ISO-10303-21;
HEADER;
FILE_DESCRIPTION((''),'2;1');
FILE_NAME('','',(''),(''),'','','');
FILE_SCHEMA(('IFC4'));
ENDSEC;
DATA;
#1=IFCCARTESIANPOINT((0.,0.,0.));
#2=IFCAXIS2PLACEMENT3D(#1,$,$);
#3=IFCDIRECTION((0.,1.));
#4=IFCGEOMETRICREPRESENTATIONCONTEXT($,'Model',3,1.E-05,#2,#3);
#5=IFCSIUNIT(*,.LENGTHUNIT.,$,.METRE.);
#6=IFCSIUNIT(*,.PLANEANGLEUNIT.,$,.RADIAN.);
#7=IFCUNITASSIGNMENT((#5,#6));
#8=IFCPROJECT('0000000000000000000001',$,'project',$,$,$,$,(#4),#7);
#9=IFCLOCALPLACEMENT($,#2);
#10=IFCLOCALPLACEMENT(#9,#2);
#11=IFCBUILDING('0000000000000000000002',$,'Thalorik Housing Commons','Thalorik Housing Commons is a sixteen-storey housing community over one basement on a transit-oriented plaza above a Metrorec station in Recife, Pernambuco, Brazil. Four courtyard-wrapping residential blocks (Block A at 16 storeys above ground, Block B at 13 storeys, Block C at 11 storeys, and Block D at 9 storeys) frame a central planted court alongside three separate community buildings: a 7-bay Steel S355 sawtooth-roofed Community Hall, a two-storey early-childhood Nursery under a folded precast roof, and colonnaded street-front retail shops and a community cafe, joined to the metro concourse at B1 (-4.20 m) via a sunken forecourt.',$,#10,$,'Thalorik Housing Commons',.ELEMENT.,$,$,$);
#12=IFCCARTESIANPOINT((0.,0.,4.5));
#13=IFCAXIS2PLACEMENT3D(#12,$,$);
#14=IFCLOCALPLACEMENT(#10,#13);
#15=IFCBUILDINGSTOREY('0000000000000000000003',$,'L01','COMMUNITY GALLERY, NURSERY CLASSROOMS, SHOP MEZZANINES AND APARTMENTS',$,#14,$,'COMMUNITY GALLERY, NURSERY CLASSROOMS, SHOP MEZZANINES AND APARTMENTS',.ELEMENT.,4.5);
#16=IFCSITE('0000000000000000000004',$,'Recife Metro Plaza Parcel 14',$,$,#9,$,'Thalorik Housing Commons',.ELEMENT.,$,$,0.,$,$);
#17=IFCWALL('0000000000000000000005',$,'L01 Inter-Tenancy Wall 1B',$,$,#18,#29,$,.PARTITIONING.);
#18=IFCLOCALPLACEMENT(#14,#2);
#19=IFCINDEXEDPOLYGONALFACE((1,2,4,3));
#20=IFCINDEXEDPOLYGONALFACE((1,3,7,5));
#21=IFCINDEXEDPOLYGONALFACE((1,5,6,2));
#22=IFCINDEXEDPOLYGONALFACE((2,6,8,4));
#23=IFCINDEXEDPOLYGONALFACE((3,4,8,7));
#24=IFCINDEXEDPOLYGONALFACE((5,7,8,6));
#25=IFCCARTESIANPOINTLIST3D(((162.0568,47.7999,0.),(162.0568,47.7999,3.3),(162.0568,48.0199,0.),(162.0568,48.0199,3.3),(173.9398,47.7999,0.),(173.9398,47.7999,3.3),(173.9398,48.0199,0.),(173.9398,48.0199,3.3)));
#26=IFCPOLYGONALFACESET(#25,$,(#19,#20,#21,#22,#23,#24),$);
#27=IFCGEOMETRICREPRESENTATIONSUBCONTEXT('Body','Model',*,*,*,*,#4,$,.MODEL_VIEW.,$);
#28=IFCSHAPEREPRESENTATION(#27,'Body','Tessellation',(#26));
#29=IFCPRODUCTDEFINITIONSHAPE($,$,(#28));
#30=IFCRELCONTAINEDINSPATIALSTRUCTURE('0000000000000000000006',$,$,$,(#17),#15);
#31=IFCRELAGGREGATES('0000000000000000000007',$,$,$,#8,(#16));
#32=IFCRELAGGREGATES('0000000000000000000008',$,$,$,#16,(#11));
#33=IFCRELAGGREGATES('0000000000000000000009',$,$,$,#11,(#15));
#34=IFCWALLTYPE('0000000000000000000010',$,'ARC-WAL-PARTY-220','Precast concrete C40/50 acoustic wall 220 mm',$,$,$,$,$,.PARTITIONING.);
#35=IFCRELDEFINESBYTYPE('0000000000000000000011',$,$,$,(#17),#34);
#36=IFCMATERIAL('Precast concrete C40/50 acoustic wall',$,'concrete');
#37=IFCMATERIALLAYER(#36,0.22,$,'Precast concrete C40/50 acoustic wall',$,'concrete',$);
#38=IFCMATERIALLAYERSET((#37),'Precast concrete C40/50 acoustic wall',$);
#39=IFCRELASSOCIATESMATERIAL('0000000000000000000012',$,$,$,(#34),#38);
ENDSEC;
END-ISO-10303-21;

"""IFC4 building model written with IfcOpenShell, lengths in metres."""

from ifc_helpers import new_model, si_unit, direction, frame, frame_2d, origin, place, context, subcontext, project, spatial, rectangle, extrude, material, layer, layer_set, type_object, element, save


model = new_model("IFC4")

# Units and contexts
model_context = context("Model", 3, precision=1e-05, world=origin(), true_north=direction((0.0, 1.0)))
body_context = subcontext(model_context, "Body", "Model", "MODEL_VIEW")
ifc_project = project(units=[si_unit("LENGTHUNIT", "METRE"), si_unit("PLANEANGLEUNIT", "RADIAN")], contexts=[model_context])

# Site, building, storey
site_placement = place(None, origin())
site = spatial("IfcSite", under=ifc_project, at=site_placement, Name="Recife Metro Plaza Parcel 14", LongName="Thalorik Housing Commons", CompositionType="ELEMENT", RefElevation=0.0)
building_placement = place(site_placement, origin())
building = spatial("IfcBuilding", under=site, at=building_placement, Name="Thalorik Housing Commons", Description="Thalorik Housing Commons is a sixteen-storey housing community over one basement on a transit-oriented plaza above a Metrorec station in Recife, Pernambuco, Brazil. Four courtyard-wrapping residential blocks (Block A at 16 storeys above ground, Block B at 13 storeys, Block C at 11 storeys, and Block D at 9 storeys) frame a central planted court alongside three separate community buildings: a 7-bay Steel S355 sawtooth-roofed Community Hall, a two-storey early-childhood Nursery under a folded precast roof, and colonnaded street-front retail shops and a community cafe, joined to the metro concourse at B1 (-4.20 m) via a sunken forecourt.", LongName="Thalorik Housing Commons", CompositionType="ELEMENT")
storey_placement = place(building_placement, frame((0.0, 0.0, 4.5)))
storey = spatial("IfcBuildingStorey", under=building, at=storey_placement, Name="L01", Description="COMMUNITY GALLERY, NURSERY CLASSROOMS, SHOP MEZZANINES AND APARTMENTS", LongName="COMMUNITY GALLERY, NURSERY CLASSROOMS, SHOP MEZZANINES AND APARTMENTS", CompositionType="ELEMENT", Elevation=4.5)

# Wall
ifc_material_1 = material(Name="Precast concrete C40/50 acoustic wall", Category="concrete")
ifc_layer_1 = layer(ifc_material_1, 0.22, Name="Precast concrete C40/50 acoustic wall", Category="concrete")
ifc_layer_set_1 = layer_set([ifc_layer_1], Name="Precast concrete C40/50 acoustic wall")
wall_type_1 = type_object("IfcWallType", Name="ARC-WAL-PARTY-220", Description="Precast concrete C40/50 acoustic wall 220 mm", PredefinedType="PARTITIONING", material=ifc_layer_set_1)
wall_1_placement = place(storey_placement, frame((162.0569, 47.9099, 0.0), z_axis=(0.0, 0.0, 1.0), x_axis=(1.0, 0.0, 0.0)))
element("IfcWall", 1, at=wall_1_placement, inside=storey, type_object=wall_type_1, Name="L01 Inter-Tenancy Wall 1B", PredefinedType="PARTITIONING", context=body_context, shape_type="SweptSolid", body=[
    extrude(rectangle(XDim=11.8831, YDim=0.22, at=frame_2d((5.9414, 0.0))), origin(), (0.0, 0.0, 1.0), 3.3),
])

save(model, "model.ifc")
